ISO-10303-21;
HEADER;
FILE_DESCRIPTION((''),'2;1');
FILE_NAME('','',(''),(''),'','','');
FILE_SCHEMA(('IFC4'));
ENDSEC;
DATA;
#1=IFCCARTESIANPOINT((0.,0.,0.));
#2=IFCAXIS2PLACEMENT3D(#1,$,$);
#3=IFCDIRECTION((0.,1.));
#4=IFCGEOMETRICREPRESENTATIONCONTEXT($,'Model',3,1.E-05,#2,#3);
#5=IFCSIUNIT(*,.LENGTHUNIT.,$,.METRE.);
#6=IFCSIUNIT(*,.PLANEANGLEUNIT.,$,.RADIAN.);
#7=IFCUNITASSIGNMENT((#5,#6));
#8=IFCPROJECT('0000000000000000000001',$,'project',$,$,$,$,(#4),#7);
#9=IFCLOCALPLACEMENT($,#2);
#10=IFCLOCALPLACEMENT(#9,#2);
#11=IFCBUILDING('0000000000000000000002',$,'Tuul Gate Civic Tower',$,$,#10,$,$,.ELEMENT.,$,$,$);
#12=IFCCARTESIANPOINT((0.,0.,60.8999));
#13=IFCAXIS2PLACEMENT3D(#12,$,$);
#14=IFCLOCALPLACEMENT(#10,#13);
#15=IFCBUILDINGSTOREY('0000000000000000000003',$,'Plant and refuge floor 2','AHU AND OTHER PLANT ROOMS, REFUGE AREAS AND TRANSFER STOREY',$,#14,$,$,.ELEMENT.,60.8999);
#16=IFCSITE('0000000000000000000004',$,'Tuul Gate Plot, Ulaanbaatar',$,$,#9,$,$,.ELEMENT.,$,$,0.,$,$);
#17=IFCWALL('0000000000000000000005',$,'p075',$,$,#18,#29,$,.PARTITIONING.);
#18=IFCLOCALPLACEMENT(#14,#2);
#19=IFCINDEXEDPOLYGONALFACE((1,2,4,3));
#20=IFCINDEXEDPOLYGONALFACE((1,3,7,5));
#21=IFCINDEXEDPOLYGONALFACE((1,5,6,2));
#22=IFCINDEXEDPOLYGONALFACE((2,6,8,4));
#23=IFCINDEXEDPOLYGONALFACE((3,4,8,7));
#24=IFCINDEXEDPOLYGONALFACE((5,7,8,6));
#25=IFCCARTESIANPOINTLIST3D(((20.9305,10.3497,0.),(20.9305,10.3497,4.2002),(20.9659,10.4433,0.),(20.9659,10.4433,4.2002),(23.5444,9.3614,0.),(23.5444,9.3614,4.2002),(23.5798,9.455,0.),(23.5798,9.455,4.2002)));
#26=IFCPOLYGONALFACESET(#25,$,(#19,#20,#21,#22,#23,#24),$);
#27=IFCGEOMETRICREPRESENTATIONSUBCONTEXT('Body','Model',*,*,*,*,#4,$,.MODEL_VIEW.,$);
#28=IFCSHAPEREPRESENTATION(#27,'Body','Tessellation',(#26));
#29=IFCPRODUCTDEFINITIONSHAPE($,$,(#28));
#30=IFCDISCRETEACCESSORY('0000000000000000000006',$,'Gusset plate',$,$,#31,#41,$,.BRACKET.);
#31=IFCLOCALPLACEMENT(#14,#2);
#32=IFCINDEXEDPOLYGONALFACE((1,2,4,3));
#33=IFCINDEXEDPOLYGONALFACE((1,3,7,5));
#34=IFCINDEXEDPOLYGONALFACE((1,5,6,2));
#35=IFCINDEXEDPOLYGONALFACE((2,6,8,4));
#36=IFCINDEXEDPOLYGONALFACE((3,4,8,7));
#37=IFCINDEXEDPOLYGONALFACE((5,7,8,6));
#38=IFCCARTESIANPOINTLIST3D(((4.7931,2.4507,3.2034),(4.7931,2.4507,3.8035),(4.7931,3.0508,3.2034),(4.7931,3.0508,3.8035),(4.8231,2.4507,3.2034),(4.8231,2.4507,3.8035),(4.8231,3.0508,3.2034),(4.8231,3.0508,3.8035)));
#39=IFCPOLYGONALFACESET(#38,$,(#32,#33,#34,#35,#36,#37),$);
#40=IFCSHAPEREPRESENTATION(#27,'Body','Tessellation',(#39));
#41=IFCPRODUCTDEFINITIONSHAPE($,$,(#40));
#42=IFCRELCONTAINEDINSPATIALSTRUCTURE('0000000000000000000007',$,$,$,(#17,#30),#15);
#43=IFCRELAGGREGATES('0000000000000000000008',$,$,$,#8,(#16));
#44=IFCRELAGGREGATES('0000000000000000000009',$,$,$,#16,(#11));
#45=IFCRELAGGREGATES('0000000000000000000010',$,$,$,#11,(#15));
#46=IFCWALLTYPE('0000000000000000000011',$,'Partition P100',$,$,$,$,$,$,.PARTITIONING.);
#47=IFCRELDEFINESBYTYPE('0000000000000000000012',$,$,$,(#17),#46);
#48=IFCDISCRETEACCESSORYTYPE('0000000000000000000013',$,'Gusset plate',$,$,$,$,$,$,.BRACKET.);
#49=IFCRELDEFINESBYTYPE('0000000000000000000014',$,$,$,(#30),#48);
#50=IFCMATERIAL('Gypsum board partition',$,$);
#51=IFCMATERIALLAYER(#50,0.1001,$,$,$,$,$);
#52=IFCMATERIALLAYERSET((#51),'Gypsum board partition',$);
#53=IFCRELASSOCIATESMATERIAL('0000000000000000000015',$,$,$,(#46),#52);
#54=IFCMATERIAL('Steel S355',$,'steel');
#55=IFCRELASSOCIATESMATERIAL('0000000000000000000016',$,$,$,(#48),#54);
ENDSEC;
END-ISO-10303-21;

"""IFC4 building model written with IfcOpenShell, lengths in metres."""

from ifc_helpers import new_model, si_unit, direction, frame, frame_2d, origin, origin_2d, place, context, subcontext, project, spatial, rectangle, extrude, material, layer, layer_set, type_object, element, save


model = new_model("IFC4")

# Units and contexts
model_context = context("Model", 3, precision=1e-05, world=origin(), true_north=direction((0.0, 1.0)))
body_context = subcontext(model_context, "Body", "Model", "MODEL_VIEW")
ifc_project = project(units=[si_unit("LENGTHUNIT", "METRE"), si_unit("PLANEANGLEUNIT", "RADIAN")], contexts=[model_context])

# Site, building, storey
site_placement = place(None, origin())
site = spatial("IfcSite", under=ifc_project, at=site_placement, Name="Tuul Gate Plot, Ulaanbaatar", CompositionType="ELEMENT", RefElevation=0.0)
building_placement = place(site_placement, origin())
building = spatial("IfcBuilding", under=site, at=building_placement, Name="Tuul Gate Civic Tower", CompositionType="ELEMENT")
storey_placement = place(building_placement, frame((0.0, 0.0, 60.8999)))
storey = spatial("IfcBuildingStorey", under=building, at=storey_placement, Name="Plant and refuge floor 2", Description="AHU AND OTHER PLANT ROOMS, REFUGE AREAS AND TRANSFER STOREY", CompositionType="ELEMENT", Elevation=60.8999)

# Wall
ifc_material_1 = material(Name="Gypsum board partition")
ifc_layer_1 = layer(ifc_material_1, 0.1001)
ifc_layer_set_1 = layer_set([ifc_layer_1], Name="Gypsum board partition")
wall_type_1 = type_object("IfcWallType", Name="Partition P100", PredefinedType="PARTITIONING", material=ifc_layer_set_1)
wall_1_placement = place(storey_placement, frame((20.9482, 10.3965, 0.0), z_axis=(0.0, 0.0, 1.0), x_axis=(0.935371, -0.353669, 0.0)))
element("IfcWall", 1, at=wall_1_placement, inside=storey, type_object=wall_type_1, Name="p075", PredefinedType="PARTITIONING", context=body_context, shape_type="SweptSolid", body=[
    extrude(rectangle(XDim=2.7944, YDim=0.1001, at=frame_2d((1.3972, 0.0))), origin(), (0.0, 0.0, 1.0), 4.2002),
])

# Discrete accessory
ifc_material_2 = material(Name="Steel S355", Category="steel")
discrete_accessory_type = type_object("IfcDiscreteAccessoryType", Name="Gusset plate", PredefinedType="BRACKET", material=ifc_material_2)
discrete_accessory_placement = place(storey_placement, frame((4.8081, 2.7507, 3.2034), z_axis=(0.0, 0.0, 1.0), x_axis=(0.0, 1.0, 0.0)))
element("IfcDiscreteAccessory", 2, at=discrete_accessory_placement, inside=storey, type_object=discrete_accessory_type, Name="Gusset plate", PredefinedType="BRACKET", context=body_context, shape_type="SweptSolid", body=[
    extrude(rectangle(XDim=0.6001, YDim=0.03, at=origin_2d()), origin(), (0.0, 0.0, 1.0), 0.6001),
])

save(model, "model.ifc")
